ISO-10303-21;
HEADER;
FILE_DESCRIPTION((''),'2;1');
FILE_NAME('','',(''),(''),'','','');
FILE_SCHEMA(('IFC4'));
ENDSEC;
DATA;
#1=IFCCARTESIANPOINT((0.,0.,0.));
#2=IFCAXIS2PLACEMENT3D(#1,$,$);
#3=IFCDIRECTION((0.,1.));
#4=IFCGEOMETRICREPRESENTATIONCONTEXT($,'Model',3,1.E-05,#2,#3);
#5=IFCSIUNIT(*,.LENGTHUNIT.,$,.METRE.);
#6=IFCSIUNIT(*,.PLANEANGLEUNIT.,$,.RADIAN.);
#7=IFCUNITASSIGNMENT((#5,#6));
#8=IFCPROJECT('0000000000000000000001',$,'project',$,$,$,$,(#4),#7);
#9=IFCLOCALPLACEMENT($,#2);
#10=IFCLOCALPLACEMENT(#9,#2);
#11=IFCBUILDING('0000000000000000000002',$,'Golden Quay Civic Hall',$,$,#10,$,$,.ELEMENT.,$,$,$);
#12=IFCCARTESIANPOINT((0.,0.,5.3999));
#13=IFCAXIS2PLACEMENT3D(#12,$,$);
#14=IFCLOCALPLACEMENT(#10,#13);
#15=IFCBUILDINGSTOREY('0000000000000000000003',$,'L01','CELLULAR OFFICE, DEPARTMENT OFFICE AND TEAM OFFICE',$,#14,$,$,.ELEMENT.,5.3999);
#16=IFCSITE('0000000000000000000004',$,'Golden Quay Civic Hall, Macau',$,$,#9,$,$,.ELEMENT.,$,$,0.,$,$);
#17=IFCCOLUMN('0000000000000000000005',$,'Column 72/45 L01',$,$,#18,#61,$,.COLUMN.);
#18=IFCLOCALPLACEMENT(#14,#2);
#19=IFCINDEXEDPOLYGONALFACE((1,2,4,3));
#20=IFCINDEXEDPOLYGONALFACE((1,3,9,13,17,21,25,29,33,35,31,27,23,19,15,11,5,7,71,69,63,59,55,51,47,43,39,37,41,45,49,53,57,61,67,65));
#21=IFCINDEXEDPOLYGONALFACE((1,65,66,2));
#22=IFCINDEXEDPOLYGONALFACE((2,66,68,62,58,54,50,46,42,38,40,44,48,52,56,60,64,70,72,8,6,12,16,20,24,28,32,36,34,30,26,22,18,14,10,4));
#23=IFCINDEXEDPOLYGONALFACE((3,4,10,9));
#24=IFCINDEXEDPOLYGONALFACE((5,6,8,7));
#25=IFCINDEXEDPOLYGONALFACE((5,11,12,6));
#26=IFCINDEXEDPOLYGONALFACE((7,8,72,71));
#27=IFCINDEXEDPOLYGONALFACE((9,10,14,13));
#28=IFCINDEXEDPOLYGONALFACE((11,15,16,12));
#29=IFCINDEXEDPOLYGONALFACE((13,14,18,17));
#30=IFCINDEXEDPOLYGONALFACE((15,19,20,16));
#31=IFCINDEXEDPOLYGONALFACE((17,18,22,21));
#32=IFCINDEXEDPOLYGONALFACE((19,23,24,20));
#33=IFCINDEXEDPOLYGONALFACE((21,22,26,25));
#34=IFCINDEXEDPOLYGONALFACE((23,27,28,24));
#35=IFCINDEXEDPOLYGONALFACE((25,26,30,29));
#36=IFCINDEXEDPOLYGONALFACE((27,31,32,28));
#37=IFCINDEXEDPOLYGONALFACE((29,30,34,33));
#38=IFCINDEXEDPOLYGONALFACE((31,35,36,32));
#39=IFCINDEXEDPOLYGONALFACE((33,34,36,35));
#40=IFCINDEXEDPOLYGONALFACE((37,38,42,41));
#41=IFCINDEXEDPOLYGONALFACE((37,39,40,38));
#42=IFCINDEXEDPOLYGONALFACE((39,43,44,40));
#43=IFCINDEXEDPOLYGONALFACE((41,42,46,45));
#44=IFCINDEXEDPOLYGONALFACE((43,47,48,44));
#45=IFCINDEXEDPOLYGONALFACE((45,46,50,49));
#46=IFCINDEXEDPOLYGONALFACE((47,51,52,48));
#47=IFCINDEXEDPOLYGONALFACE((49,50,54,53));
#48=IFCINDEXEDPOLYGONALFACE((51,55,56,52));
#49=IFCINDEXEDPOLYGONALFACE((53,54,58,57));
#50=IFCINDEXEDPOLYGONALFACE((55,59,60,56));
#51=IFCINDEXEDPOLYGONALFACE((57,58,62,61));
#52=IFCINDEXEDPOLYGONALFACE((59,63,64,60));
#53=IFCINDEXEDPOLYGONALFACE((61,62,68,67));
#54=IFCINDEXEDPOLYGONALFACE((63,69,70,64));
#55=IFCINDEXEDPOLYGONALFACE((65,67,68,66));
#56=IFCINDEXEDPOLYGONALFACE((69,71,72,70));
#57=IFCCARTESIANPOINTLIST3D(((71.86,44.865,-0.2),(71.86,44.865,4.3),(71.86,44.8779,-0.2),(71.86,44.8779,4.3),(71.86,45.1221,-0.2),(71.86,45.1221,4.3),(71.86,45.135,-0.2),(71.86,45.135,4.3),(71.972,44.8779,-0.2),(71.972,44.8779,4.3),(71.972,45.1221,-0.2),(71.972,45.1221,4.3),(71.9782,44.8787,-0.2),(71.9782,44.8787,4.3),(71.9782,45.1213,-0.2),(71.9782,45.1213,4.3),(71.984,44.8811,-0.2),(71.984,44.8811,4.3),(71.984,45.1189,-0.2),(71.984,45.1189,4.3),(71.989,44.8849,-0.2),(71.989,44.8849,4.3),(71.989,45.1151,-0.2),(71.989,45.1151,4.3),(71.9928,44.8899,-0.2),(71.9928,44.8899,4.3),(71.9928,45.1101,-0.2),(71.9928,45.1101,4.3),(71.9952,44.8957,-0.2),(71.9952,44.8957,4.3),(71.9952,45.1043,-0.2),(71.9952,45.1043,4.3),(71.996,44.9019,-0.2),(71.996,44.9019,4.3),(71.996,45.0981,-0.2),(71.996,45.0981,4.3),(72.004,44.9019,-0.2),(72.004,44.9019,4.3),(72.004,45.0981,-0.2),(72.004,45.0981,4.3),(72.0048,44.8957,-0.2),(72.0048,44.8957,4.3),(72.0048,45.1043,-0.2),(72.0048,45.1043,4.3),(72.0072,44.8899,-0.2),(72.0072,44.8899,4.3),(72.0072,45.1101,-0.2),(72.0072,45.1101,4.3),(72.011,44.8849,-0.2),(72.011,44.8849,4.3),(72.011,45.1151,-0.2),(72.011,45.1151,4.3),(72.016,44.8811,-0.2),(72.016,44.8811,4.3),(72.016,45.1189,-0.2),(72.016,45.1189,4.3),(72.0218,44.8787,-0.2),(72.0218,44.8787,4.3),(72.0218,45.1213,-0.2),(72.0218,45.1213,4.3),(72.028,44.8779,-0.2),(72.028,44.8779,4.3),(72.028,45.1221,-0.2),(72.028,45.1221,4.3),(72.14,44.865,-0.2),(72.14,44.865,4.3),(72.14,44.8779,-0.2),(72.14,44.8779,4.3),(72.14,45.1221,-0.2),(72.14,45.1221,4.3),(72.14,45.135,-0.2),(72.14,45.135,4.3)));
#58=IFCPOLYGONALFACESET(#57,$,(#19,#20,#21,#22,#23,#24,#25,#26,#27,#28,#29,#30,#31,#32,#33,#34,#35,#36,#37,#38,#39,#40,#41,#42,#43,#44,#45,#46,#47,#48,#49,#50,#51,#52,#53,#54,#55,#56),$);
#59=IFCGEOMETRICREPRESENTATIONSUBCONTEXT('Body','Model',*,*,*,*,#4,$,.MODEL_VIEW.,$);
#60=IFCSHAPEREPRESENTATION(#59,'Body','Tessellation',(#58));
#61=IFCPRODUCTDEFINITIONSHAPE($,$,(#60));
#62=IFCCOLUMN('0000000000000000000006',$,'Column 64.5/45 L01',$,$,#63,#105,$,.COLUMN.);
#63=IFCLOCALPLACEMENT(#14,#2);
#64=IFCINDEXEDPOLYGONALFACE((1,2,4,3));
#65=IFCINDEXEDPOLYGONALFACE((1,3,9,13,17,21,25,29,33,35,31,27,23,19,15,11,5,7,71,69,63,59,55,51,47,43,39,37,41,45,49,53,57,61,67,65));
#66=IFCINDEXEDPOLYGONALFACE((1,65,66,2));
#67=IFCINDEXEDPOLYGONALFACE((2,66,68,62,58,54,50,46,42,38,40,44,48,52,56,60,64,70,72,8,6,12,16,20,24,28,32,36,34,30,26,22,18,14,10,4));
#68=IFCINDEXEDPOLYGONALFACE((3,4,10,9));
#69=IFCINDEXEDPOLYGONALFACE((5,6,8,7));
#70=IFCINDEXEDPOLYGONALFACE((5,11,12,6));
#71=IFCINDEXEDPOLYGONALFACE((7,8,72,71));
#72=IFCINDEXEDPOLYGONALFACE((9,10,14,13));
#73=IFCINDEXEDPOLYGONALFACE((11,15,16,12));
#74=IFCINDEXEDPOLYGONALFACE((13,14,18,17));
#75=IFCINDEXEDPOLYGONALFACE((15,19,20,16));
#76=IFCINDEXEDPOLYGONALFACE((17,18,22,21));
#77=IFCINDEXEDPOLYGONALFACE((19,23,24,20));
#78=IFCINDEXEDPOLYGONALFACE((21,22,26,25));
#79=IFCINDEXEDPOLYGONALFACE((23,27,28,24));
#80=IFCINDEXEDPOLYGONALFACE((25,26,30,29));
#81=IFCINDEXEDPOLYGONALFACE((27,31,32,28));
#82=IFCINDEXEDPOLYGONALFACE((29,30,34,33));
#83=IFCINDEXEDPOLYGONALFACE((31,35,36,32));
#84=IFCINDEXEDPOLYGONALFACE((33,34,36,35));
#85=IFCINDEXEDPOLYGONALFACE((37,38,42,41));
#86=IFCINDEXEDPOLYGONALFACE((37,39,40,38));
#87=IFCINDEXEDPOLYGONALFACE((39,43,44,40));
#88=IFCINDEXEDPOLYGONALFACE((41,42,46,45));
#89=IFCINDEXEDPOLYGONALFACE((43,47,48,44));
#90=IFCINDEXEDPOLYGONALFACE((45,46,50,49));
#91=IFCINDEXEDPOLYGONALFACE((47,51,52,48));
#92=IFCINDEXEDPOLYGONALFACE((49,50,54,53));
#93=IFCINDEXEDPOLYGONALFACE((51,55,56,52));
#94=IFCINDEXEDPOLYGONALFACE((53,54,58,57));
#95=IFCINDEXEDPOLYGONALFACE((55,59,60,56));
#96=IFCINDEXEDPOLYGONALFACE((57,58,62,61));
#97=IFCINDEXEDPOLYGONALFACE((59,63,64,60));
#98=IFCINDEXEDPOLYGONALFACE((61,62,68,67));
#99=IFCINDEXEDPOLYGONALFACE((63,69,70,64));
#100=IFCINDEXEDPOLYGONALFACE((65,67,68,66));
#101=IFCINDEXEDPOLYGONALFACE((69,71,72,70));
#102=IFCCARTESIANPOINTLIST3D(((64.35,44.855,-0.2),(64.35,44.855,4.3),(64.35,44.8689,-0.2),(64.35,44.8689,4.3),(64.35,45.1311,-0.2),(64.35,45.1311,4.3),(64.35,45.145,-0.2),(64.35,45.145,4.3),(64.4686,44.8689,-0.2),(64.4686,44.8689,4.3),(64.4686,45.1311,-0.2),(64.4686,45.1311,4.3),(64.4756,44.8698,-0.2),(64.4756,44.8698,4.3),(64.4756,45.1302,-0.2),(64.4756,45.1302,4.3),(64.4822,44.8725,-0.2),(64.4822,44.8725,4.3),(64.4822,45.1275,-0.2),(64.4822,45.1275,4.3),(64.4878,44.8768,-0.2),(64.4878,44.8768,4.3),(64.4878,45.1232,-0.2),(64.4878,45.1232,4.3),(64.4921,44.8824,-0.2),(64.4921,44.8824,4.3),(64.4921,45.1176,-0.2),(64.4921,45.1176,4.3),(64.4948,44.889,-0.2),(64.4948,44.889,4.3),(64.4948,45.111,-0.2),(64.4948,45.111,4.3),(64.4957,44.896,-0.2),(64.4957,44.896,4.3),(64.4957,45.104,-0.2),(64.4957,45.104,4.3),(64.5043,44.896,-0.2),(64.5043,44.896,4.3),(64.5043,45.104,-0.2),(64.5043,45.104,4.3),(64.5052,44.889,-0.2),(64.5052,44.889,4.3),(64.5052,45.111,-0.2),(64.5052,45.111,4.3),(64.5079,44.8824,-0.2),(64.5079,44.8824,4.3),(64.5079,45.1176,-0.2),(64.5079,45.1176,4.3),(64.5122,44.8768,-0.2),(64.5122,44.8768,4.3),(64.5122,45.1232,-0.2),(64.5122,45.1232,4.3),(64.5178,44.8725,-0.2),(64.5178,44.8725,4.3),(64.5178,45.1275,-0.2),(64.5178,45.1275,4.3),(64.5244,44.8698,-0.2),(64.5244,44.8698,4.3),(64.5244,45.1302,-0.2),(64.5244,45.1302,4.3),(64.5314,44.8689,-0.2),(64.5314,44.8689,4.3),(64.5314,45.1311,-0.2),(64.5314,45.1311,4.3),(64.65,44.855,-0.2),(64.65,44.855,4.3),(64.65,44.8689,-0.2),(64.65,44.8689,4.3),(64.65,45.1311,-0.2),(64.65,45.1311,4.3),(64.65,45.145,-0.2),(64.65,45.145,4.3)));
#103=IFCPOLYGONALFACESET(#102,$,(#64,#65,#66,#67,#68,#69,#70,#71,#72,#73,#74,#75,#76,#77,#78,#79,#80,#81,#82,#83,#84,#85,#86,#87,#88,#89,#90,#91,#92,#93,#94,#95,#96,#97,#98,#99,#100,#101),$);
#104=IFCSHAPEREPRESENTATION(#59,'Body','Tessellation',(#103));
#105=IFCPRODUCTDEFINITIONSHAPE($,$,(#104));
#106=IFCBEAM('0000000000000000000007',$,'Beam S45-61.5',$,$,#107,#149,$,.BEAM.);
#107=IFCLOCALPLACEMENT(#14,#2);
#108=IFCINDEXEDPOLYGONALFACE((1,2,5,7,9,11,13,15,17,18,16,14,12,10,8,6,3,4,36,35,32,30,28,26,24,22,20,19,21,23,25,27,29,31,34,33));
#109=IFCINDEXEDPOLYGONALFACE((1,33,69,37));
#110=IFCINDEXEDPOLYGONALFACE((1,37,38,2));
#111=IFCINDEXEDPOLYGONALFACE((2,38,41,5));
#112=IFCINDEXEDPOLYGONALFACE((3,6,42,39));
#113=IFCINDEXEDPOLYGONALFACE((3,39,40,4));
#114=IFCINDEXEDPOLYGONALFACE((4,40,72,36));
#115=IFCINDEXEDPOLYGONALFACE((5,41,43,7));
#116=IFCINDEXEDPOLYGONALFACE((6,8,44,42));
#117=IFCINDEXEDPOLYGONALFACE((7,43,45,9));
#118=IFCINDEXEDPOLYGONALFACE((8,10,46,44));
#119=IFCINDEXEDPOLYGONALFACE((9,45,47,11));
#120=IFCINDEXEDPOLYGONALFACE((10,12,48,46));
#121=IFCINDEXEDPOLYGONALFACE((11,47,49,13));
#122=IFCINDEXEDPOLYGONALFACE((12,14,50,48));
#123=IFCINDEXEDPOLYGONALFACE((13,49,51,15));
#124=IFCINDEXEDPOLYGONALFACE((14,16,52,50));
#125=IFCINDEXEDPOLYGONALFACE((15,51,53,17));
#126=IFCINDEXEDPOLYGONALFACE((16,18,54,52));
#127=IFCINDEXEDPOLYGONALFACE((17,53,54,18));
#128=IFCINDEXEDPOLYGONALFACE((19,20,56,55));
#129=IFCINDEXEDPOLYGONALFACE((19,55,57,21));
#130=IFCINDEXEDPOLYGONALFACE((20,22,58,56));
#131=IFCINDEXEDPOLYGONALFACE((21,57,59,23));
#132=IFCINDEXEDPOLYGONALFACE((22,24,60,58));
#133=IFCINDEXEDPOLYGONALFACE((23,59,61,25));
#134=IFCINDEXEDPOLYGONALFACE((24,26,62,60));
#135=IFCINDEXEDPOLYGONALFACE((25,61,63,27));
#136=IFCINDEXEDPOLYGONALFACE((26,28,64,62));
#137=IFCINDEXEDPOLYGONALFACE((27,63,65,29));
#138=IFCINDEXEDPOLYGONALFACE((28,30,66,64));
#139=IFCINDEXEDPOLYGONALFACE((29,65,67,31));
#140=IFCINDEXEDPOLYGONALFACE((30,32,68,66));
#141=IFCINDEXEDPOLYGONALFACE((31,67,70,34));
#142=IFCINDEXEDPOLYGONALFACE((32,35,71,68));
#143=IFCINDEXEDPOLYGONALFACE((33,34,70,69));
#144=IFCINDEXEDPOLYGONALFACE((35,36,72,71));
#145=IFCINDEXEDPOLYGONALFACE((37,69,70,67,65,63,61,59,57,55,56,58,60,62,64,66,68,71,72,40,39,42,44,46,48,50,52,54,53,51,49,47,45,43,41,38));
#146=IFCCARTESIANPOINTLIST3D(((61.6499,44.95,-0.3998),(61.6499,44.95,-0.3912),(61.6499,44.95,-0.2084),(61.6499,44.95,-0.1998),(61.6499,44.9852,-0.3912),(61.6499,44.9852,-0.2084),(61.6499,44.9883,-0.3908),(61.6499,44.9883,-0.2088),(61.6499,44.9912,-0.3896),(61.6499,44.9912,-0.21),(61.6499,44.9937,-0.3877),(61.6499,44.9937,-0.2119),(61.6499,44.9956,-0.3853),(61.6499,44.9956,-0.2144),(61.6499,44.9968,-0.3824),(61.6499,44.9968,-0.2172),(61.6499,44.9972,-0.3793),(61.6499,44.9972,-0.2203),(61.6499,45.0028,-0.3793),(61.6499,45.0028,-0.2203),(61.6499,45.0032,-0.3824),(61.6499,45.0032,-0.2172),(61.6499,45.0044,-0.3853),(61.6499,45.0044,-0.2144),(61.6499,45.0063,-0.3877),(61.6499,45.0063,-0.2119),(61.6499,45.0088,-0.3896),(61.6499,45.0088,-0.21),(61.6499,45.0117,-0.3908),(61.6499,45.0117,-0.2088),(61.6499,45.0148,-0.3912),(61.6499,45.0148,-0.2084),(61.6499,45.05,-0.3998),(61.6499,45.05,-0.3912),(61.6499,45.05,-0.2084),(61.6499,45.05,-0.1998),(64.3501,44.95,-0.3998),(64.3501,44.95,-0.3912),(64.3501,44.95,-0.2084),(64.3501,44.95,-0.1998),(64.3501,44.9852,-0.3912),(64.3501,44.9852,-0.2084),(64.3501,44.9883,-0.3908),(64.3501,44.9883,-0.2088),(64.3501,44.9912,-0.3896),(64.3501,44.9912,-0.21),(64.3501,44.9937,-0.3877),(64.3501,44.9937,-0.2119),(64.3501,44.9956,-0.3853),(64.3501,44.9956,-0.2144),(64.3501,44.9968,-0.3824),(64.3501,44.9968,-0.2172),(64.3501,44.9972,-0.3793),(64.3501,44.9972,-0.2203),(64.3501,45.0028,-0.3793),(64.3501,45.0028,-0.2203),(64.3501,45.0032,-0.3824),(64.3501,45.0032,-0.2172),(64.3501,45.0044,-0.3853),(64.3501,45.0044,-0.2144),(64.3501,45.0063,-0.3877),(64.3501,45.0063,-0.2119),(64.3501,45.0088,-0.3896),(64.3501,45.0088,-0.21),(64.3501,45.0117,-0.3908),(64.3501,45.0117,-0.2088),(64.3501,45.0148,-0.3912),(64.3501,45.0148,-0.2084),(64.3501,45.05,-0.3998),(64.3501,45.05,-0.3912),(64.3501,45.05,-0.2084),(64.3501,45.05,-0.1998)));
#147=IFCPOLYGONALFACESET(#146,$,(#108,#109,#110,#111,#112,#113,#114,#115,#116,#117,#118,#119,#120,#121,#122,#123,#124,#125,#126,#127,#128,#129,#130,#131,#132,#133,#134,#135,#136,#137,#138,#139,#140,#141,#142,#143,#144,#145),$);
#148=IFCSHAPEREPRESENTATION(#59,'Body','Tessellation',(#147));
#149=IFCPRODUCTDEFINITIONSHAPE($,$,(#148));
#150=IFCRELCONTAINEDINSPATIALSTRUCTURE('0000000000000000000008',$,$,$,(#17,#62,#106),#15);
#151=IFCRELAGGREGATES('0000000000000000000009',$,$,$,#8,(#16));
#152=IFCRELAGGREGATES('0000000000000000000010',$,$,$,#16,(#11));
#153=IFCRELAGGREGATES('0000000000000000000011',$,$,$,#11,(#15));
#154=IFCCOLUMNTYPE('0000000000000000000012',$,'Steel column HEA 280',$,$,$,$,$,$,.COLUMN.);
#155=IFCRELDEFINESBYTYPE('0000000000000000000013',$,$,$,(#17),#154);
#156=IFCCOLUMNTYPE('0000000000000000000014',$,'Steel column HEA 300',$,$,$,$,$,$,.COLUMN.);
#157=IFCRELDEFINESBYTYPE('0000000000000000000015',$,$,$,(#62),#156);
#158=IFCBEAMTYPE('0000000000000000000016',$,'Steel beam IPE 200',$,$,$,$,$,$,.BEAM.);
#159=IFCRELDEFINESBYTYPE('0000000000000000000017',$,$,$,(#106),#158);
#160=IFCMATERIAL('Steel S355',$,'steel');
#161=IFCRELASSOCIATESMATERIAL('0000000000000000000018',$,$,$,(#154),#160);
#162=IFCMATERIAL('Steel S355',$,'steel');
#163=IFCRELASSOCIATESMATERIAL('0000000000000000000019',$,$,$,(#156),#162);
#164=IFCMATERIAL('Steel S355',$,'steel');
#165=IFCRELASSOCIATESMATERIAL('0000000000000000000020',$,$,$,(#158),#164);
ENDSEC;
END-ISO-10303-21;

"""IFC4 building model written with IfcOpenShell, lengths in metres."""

from ifc_helpers import new_model, si_unit, direction, frame, origin, origin_2d, place, context, subcontext, project, spatial, i_section, extrude, material, material_profile, profile_set, type_object, element, save


model = new_model("IFC4")

# Units and contexts
model_context = context("Model", 3, precision=1e-05, world=origin(), true_north=direction((0.0, 1.0)))
body_context = subcontext(model_context, "Body", "Model", "MODEL_VIEW")
ifc_project = project(units=[si_unit("LENGTHUNIT", "METRE"), si_unit("PLANEANGLEUNIT", "RADIAN")], contexts=[model_context])

# Site, building, storey
site_placement = place(None, origin())
site = spatial("IfcSite", under=ifc_project, at=site_placement, Name="Golden Quay Civic Hall, Macau", CompositionType="ELEMENT", RefElevation=0.0)
building_placement = place(site_placement, origin())
building = spatial("IfcBuilding", under=site, at=building_placement, Name="Golden Quay Civic Hall", CompositionType="ELEMENT")
storey_placement = place(building_placement, frame((0.0, 0.0, 5.3999)))
storey = spatial("IfcBuildingStorey", under=building, at=storey_placement, Name="L01", Description="CELLULAR OFFICE, DEPARTMENT OFFICE AND TEAM OFFICE", CompositionType="ELEMENT", Elevation=5.3999)

# Columns
ifc_material_1 = material(Name="Steel S355", Category="steel")
ifc_material_profile_1 = material_profile(ifc_material_1, i_section(OverallWidth=0.28, OverallDepth=0.27, WebThickness=0.0081, FlangeThickness=0.0129, FilletRadius=0.0239, at=origin_2d()), Name="HEA 280")
ifc_profile_set_1 = profile_set([ifc_material_profile_1], Name="Steel S355")
column_type_1 = type_object("IfcColumnType", Name="Steel column HEA 280", PredefinedType="COLUMN", material=ifc_profile_set_1)
column_1_placement = place(storey_placement, frame((72.0, 45.0, -0.2), z_axis=(0.0, 0.0, 1.0), x_axis=(1.0, 0.0, 0.0)))
element("IfcColumn", 1, at=column_1_placement, inside=storey, type_object=column_type_1, Name="Column 72/45 L01", PredefinedType="COLUMN", context=body_context, shape_type="SweptSolid", body=[
    extrude(i_section(OverallWidth=0.28, OverallDepth=0.27, WebThickness=0.0081, FlangeThickness=0.0129, FilletRadius=0.0239, at=origin_2d()), origin(), (0.0, 0.0, 1.0), 4.5),
])
ifc_material_2 = material(Name="Steel S355", Category="steel")
ifc_material_profile_2 = material_profile(ifc_material_2, i_section(OverallWidth=0.3, OverallDepth=0.29, WebThickness=0.0085, FlangeThickness=0.0139, FilletRadius=0.0271, at=origin_2d()), Name="HEA 300")
ifc_profile_set_2 = profile_set([ifc_material_profile_2], Name="Steel S355")
column_type_2 = type_object("IfcColumnType", Name="Steel column HEA 300", PredefinedType="COLUMN", material=ifc_profile_set_2)
column_2_placement = place(storey_placement, frame((64.5, 45.0, -0.2), z_axis=(0.0, 0.0, 1.0), x_axis=(1.0, 0.0, 0.0)))
element("IfcColumn", 2, at=column_2_placement, inside=storey, type_object=column_type_2, Name="Column 64.5/45 L01", PredefinedType="COLUMN", context=body_context, shape_type="SweptSolid", body=[
    extrude(i_section(OverallWidth=0.3, OverallDepth=0.29, WebThickness=0.0085, FlangeThickness=0.0139, FilletRadius=0.0271, at=origin_2d()), origin(), (0.0, 0.0, 1.0), 4.5),
])

# Beam
ifc_material_3 = material(Name="Steel S355", Category="steel")
ifc_material_profile_3 = material_profile(ifc_material_3, i_section(OverallWidth=0.1001, OverallDepth=0.2, WebThickness=0.0056, FlangeThickness=0.0085, FilletRadius=0.012, at=origin_2d()), Name="IPE 200")
ifc_profile_set_3 = profile_set([ifc_material_profile_3], Name="Steel S355")
beam_type_1 = type_object("IfcBeamType", Name="Steel beam IPE 200", PredefinedType="BEAM", material=ifc_profile_set_3)
beam_1_placement = place(storey_placement, frame((61.6499, 45.0, -0.2998), z_axis=(1.0, 0.0, 0.0), x_axis=(0.0, 1.0, 0.0)))
element("IfcBeam", 3, at=beam_1_placement, inside=storey, type_object=beam_type_1, Name="Beam S45-61.5", PredefinedType="BEAM", context=body_context, shape_type="SweptSolid", body=[
    extrude(i_section(OverallWidth=0.1001, OverallDepth=0.2, WebThickness=0.0056, FlangeThickness=0.0085, FilletRadius=0.012, at=origin_2d()), origin(), (0.0, 0.0, 1.0), 2.7002),
])

save(model, "model.ifc")
